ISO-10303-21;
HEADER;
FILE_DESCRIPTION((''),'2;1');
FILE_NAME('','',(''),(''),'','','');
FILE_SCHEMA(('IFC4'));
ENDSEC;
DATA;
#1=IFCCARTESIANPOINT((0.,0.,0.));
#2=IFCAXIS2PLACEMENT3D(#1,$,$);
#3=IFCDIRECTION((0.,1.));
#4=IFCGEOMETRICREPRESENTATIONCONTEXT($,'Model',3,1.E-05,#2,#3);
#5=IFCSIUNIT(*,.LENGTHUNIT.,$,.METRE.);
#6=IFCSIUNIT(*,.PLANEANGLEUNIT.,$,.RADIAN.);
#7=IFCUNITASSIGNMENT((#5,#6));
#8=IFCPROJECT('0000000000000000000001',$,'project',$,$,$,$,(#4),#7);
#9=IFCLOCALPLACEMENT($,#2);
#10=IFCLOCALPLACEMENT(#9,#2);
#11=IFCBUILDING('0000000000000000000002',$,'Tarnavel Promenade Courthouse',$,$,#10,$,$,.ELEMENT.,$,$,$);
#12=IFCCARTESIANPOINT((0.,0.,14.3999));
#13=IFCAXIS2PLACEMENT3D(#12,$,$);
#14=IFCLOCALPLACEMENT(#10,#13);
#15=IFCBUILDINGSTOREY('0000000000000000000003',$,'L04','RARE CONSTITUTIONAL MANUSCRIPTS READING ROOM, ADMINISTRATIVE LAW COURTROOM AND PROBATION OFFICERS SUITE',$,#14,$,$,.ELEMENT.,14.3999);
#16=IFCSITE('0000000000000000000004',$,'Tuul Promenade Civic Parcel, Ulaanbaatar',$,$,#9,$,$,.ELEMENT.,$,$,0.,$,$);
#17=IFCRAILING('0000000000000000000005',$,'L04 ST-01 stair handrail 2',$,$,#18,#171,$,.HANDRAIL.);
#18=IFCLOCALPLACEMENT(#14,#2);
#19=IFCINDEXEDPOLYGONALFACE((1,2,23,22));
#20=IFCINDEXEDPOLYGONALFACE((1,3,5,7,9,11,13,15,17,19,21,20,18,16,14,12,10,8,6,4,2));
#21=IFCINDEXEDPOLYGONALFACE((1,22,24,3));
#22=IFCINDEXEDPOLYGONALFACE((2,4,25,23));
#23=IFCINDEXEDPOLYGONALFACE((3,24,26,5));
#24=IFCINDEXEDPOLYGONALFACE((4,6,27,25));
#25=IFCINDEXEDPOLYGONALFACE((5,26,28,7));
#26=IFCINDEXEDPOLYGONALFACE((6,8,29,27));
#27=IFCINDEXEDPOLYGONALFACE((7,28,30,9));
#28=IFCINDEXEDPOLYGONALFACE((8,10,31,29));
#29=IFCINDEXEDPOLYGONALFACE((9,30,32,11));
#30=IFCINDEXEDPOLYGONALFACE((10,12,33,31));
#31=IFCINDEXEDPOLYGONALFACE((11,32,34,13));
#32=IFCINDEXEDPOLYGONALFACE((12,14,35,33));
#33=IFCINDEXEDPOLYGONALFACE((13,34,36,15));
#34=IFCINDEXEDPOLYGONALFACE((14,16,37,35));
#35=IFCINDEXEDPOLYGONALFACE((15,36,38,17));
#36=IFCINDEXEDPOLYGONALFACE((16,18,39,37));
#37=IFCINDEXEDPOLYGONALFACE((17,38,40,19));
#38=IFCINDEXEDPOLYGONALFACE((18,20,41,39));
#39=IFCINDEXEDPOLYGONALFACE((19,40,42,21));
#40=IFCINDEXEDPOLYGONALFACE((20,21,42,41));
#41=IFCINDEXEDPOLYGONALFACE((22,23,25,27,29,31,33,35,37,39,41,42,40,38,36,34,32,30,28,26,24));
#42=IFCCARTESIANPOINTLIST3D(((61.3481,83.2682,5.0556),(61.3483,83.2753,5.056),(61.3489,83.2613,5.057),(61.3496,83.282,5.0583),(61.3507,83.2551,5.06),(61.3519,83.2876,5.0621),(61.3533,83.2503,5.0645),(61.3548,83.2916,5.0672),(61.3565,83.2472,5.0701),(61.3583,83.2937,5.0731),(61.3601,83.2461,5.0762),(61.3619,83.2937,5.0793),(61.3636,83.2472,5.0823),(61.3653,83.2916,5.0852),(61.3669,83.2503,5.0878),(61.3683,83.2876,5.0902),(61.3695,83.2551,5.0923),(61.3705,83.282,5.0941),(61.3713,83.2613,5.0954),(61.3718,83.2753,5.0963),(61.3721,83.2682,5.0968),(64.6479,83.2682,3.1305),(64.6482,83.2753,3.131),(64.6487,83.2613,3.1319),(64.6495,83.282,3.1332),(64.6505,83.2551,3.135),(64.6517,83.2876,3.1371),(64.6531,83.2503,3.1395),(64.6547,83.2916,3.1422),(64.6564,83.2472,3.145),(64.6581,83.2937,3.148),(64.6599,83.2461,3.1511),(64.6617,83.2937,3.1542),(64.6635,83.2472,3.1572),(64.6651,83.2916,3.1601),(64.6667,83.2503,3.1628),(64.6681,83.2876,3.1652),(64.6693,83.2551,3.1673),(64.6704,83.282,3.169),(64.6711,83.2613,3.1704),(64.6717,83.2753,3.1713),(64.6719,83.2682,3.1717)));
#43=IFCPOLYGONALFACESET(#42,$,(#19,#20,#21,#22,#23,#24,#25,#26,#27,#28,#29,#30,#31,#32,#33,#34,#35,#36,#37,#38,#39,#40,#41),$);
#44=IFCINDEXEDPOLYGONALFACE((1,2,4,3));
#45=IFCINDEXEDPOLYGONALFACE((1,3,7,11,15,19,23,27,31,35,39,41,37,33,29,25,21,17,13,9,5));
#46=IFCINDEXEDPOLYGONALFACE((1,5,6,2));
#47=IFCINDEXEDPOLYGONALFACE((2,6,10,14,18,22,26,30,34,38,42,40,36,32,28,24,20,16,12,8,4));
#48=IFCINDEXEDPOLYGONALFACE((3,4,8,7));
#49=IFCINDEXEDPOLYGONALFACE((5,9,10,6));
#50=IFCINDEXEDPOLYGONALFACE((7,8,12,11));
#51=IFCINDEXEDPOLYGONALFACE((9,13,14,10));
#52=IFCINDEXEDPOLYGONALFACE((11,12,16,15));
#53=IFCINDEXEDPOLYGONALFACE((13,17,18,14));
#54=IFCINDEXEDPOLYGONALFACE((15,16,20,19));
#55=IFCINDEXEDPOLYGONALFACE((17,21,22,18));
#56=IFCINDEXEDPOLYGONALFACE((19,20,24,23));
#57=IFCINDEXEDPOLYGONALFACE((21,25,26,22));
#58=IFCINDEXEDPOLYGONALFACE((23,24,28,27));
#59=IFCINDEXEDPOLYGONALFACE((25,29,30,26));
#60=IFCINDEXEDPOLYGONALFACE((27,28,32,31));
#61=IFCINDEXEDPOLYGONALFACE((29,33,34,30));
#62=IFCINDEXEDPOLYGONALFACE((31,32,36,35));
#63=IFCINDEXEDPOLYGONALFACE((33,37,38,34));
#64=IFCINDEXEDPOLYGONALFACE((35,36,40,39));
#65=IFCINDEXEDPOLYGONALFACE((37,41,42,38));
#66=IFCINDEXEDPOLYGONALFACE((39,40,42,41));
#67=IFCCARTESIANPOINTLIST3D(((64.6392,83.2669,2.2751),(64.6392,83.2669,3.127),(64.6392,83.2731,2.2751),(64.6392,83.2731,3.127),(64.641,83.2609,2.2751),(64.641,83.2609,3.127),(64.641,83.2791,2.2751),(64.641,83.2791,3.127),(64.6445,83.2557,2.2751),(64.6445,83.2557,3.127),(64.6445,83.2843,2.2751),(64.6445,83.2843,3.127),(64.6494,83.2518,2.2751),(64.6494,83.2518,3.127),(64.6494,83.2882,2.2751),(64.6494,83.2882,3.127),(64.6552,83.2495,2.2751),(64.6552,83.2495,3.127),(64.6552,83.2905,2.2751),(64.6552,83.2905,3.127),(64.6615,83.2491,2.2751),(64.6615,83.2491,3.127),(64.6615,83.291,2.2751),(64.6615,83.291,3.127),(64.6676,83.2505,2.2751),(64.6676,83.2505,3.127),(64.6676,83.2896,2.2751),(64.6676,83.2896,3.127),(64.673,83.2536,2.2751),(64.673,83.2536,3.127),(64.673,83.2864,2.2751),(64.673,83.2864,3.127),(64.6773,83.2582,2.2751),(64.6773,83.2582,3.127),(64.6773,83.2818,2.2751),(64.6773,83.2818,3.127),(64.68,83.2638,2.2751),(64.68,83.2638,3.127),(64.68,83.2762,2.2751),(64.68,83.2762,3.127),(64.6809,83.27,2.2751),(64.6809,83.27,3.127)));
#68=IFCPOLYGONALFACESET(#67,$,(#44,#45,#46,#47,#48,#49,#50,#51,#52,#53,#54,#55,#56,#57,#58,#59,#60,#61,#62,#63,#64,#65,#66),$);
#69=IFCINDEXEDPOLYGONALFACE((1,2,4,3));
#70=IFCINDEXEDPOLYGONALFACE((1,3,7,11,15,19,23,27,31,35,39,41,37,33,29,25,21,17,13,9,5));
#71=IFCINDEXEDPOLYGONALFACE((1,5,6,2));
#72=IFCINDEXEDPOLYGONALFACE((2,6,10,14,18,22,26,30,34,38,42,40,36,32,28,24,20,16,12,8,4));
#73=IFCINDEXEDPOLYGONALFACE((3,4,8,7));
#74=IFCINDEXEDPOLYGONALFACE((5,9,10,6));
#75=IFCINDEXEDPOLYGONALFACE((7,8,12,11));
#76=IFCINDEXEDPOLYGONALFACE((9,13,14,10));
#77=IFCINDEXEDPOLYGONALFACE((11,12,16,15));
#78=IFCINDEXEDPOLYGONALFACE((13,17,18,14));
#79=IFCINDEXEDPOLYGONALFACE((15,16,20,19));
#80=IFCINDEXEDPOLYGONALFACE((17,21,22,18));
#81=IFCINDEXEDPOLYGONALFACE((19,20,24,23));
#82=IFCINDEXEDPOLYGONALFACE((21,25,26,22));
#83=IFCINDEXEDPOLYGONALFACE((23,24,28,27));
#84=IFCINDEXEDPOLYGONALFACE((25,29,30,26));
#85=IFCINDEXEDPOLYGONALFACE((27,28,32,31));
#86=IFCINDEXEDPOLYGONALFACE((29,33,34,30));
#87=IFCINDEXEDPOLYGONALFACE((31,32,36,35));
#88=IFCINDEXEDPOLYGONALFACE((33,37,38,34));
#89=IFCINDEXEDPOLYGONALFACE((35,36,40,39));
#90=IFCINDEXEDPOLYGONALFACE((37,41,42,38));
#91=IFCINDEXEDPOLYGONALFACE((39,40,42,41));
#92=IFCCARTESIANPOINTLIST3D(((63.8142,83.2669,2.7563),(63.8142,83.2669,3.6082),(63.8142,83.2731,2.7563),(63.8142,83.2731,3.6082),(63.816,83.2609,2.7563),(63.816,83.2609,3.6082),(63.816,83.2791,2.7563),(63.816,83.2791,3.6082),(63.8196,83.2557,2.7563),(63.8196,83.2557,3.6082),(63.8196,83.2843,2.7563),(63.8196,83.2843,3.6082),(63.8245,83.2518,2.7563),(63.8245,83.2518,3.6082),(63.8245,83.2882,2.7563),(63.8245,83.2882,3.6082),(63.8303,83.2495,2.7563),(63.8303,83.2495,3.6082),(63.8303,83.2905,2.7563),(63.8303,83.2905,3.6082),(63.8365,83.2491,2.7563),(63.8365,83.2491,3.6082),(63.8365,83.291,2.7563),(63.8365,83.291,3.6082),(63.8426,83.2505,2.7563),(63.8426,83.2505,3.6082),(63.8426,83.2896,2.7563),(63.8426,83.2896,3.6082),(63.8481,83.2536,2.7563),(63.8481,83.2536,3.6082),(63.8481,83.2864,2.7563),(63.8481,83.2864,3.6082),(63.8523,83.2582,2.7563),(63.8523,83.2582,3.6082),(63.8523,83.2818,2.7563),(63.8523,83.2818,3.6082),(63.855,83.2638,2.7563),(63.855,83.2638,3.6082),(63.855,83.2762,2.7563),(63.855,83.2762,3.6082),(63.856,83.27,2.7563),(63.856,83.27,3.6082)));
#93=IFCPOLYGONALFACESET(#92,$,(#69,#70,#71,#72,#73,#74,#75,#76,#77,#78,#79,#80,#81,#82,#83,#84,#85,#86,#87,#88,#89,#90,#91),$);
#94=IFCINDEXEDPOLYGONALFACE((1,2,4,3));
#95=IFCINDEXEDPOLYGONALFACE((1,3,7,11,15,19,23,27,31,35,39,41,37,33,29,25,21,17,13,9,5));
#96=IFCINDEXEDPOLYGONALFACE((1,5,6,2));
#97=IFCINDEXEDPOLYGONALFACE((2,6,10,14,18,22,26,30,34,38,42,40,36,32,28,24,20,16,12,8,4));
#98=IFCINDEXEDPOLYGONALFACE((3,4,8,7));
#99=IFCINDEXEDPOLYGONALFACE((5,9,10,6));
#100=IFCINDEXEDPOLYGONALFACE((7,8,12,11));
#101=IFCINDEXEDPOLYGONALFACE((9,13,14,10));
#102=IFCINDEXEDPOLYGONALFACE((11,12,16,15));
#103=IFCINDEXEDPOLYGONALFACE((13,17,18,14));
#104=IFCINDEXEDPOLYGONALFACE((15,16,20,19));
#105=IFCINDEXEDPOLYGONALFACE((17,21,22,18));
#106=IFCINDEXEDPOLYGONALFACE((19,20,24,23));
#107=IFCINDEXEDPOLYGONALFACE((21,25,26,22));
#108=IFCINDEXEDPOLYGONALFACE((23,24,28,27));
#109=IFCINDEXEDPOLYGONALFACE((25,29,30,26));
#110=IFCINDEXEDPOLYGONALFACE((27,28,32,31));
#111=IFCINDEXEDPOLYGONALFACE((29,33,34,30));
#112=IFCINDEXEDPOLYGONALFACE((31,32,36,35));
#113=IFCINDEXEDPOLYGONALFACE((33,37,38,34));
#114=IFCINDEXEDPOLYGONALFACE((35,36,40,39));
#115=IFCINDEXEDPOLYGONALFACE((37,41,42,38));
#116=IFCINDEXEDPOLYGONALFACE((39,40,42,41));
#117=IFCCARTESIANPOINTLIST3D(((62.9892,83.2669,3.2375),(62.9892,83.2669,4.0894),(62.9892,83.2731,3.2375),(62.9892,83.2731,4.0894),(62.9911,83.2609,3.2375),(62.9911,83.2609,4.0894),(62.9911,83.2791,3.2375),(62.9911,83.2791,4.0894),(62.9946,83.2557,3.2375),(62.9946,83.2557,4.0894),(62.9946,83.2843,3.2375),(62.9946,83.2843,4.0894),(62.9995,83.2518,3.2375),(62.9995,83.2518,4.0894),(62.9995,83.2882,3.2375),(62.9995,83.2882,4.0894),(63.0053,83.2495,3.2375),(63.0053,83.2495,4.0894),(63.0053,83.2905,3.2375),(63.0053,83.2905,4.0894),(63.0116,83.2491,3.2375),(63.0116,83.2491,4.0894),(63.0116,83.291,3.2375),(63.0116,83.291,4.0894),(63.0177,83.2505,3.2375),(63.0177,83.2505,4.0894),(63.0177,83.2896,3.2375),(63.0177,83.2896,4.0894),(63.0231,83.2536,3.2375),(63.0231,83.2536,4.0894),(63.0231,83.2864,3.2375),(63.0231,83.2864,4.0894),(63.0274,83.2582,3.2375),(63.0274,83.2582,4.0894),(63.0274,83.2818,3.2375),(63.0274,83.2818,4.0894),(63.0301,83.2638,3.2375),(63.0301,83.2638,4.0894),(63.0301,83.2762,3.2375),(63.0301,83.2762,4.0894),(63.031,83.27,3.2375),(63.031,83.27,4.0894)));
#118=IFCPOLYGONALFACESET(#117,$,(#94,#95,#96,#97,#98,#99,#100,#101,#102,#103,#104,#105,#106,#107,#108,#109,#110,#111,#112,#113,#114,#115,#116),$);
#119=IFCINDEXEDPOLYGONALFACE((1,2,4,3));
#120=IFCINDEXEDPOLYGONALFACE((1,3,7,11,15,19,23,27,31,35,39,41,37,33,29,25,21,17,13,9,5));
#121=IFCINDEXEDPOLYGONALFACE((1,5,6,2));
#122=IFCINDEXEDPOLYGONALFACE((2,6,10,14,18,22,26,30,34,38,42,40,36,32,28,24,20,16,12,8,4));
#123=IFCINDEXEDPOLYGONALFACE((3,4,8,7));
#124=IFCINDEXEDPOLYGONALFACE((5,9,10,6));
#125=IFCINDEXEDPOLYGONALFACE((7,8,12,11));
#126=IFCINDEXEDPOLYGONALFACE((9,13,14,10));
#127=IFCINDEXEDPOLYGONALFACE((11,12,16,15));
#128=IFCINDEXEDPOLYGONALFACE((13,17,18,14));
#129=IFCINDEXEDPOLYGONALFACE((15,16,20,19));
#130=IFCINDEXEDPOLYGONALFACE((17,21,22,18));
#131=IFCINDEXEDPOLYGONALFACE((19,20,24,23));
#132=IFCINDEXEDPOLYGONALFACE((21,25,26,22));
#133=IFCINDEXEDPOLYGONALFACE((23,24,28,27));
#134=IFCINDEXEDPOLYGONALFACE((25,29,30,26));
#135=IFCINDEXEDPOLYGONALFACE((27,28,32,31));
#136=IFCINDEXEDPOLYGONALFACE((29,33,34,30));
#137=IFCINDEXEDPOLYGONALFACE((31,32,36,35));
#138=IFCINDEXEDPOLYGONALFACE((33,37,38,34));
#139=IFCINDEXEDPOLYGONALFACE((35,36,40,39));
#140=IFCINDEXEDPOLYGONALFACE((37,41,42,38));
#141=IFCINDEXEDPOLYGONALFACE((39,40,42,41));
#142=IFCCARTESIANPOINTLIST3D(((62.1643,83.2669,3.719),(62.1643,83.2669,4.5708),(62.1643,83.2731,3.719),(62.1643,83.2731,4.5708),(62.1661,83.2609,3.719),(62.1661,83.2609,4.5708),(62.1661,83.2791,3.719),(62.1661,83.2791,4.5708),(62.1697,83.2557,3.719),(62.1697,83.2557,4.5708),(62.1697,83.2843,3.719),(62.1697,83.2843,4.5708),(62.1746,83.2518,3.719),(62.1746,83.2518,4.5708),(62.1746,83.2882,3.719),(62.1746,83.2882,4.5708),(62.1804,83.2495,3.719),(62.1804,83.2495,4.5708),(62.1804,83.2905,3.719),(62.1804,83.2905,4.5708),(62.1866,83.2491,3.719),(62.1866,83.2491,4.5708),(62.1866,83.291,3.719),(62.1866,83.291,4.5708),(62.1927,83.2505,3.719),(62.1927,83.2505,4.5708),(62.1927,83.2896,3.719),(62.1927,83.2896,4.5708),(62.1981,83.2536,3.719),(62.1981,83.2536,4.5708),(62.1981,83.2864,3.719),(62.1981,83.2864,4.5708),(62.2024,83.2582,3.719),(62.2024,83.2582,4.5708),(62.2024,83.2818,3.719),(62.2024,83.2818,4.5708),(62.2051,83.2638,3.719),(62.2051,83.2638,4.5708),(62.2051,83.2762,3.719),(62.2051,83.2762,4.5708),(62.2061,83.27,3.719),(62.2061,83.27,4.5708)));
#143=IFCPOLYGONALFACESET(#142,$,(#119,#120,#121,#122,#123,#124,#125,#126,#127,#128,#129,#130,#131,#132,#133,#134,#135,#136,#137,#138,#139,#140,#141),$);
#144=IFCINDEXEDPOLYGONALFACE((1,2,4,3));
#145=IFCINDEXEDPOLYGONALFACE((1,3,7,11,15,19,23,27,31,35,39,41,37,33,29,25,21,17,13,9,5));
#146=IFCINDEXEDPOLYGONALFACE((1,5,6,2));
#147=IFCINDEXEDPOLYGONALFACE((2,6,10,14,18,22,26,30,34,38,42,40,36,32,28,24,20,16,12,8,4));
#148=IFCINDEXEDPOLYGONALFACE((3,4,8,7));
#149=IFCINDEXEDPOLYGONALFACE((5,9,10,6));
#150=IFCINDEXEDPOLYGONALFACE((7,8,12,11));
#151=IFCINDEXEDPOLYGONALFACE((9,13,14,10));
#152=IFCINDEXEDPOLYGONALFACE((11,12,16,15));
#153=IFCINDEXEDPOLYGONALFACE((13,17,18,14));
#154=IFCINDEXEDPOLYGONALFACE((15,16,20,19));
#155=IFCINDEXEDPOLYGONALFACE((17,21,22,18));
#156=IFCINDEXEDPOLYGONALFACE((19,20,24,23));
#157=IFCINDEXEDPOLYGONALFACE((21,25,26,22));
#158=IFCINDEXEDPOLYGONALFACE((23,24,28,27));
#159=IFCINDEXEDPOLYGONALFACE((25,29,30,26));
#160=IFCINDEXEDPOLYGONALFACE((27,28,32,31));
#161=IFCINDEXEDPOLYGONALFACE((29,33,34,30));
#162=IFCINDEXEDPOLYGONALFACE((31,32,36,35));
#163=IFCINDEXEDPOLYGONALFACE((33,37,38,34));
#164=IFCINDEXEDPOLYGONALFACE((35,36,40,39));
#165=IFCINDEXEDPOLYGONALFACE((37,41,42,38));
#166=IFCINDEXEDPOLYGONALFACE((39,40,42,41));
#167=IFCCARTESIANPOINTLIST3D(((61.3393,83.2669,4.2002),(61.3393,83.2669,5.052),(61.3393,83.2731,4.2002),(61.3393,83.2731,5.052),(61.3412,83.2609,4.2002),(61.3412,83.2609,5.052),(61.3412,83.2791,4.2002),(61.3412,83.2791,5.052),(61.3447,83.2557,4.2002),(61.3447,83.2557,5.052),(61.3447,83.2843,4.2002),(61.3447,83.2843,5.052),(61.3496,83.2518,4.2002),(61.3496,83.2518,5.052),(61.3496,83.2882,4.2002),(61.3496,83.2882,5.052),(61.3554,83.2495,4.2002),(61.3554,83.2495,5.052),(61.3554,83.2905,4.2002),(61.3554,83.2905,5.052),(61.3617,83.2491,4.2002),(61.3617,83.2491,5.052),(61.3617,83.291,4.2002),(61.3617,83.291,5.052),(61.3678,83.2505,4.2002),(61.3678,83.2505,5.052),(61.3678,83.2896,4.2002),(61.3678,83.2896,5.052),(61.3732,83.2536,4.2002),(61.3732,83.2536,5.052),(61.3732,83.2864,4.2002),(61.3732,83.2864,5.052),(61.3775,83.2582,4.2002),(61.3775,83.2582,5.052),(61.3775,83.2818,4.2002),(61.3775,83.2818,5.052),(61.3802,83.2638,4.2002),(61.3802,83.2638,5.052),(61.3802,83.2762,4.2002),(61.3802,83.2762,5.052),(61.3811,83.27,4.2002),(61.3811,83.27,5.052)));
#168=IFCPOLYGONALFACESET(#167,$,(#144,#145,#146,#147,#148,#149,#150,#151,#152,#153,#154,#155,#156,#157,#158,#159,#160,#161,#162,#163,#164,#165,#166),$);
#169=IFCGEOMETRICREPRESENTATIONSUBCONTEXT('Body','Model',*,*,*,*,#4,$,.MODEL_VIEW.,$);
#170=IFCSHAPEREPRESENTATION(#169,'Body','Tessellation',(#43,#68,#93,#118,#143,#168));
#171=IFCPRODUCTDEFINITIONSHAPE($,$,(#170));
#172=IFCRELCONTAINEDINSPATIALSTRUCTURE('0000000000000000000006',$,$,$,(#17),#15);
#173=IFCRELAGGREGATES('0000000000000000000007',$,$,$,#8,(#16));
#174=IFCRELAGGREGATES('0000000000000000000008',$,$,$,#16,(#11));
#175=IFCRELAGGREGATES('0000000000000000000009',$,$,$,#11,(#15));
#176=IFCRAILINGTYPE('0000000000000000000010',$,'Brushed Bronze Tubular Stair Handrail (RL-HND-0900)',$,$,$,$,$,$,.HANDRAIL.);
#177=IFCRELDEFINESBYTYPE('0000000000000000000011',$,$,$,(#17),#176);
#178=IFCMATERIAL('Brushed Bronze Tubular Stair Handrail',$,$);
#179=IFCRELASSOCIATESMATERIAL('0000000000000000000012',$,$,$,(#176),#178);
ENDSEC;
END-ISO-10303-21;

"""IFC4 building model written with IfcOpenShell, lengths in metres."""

from ifc_helpers import new_model, si_unit, direction, frame, origin, origin_2d, place, context, subcontext, project, spatial, circle, extrude, material, type_object, element, save


model = new_model("IFC4")

# Units and contexts
model_context = context("Model", 3, precision=1e-05, world=origin(), true_north=direction((0.0, 1.0)))
body_context = subcontext(model_context, "Body", "Model", "MODEL_VIEW")
ifc_project = project(units=[si_unit("LENGTHUNIT", "METRE"), si_unit("PLANEANGLEUNIT", "RADIAN")], contexts=[model_context])

# Site, building, storey
site_placement = place(None, origin())
site = spatial("IfcSite", under=ifc_project, at=site_placement, Name="Tuul Promenade Civic Parcel, Ulaanbaatar", CompositionType="ELEMENT", RefElevation=0.0)
building_placement = place(site_placement, origin())
building = spatial("IfcBuilding", under=site, at=building_placement, Name="Tarnavel Promenade Courthouse", CompositionType="ELEMENT")
storey_placement = place(building_placement, frame((0.0, 0.0, 14.3999)))
storey = spatial("IfcBuildingStorey", under=building, at=storey_placement, Name="L04", Description="RARE CONSTITUTIONAL MANUSCRIPTS READING ROOM, ADMINISTRATIVE LAW COURTROOM AND PROBATION OFFICERS SUITE", CompositionType="ELEMENT", Elevation=14.3999)

# Railing
ifc_material_1 = material(Name="Brushed Bronze Tubular Stair Handrail")
railing_type_1 = type_object("IfcRailingType", Name="Brushed Bronze Tubular Stair Handrail (RL-HND-0900)", PredefinedType="HANDRAIL", material=ifc_material_1)
railing_1_placement = place(storey_placement, frame((64.6599, 83.27, 2.2751)))
element("IfcRailing", 1, at=railing_1_placement, inside=storey, type_object=railing_type_1, Name="L04 ST-01 stair handrail 2", PredefinedType="HANDRAIL", context=body_context, shape_type="SweptSolid", body=[
    extrude(circle(Radius=0.0239, at=origin_2d()), frame((0.0, 0.0, 0.876), z_axis=(-0.86376, 0.0, 0.503903), x_axis=(0.0, -1.0, 0.0)), (0.0, 0.0, 1.0), 3.8203),
    extrude(circle(Radius=0.021, at=origin_2d()), origin(), (0.0, 0.0, 1.0), 0.8518),
    extrude(circle(Radius=0.021, at=origin_2d()), frame((-0.825, 0.0, 0.4812)), (0.0, 0.0, 1.0), 0.8518),
    extrude(circle(Radius=0.021, at=origin_2d()), frame((-1.6499, 0.0, 0.9624)), (0.0, 0.0, 1.0), 0.8518),
    extrude(circle(Radius=0.021, at=origin_2d()), frame((-2.4749, 0.0, 1.4438)), (0.0, 0.0, 1.0), 0.8518),
    extrude(circle(Radius=0.021, at=origin_2d()), frame((-3.2998, 0.0, 1.925)), (0.0, 0.0, 1.0), 0.8518),
])

save(model, "model.ifc")
